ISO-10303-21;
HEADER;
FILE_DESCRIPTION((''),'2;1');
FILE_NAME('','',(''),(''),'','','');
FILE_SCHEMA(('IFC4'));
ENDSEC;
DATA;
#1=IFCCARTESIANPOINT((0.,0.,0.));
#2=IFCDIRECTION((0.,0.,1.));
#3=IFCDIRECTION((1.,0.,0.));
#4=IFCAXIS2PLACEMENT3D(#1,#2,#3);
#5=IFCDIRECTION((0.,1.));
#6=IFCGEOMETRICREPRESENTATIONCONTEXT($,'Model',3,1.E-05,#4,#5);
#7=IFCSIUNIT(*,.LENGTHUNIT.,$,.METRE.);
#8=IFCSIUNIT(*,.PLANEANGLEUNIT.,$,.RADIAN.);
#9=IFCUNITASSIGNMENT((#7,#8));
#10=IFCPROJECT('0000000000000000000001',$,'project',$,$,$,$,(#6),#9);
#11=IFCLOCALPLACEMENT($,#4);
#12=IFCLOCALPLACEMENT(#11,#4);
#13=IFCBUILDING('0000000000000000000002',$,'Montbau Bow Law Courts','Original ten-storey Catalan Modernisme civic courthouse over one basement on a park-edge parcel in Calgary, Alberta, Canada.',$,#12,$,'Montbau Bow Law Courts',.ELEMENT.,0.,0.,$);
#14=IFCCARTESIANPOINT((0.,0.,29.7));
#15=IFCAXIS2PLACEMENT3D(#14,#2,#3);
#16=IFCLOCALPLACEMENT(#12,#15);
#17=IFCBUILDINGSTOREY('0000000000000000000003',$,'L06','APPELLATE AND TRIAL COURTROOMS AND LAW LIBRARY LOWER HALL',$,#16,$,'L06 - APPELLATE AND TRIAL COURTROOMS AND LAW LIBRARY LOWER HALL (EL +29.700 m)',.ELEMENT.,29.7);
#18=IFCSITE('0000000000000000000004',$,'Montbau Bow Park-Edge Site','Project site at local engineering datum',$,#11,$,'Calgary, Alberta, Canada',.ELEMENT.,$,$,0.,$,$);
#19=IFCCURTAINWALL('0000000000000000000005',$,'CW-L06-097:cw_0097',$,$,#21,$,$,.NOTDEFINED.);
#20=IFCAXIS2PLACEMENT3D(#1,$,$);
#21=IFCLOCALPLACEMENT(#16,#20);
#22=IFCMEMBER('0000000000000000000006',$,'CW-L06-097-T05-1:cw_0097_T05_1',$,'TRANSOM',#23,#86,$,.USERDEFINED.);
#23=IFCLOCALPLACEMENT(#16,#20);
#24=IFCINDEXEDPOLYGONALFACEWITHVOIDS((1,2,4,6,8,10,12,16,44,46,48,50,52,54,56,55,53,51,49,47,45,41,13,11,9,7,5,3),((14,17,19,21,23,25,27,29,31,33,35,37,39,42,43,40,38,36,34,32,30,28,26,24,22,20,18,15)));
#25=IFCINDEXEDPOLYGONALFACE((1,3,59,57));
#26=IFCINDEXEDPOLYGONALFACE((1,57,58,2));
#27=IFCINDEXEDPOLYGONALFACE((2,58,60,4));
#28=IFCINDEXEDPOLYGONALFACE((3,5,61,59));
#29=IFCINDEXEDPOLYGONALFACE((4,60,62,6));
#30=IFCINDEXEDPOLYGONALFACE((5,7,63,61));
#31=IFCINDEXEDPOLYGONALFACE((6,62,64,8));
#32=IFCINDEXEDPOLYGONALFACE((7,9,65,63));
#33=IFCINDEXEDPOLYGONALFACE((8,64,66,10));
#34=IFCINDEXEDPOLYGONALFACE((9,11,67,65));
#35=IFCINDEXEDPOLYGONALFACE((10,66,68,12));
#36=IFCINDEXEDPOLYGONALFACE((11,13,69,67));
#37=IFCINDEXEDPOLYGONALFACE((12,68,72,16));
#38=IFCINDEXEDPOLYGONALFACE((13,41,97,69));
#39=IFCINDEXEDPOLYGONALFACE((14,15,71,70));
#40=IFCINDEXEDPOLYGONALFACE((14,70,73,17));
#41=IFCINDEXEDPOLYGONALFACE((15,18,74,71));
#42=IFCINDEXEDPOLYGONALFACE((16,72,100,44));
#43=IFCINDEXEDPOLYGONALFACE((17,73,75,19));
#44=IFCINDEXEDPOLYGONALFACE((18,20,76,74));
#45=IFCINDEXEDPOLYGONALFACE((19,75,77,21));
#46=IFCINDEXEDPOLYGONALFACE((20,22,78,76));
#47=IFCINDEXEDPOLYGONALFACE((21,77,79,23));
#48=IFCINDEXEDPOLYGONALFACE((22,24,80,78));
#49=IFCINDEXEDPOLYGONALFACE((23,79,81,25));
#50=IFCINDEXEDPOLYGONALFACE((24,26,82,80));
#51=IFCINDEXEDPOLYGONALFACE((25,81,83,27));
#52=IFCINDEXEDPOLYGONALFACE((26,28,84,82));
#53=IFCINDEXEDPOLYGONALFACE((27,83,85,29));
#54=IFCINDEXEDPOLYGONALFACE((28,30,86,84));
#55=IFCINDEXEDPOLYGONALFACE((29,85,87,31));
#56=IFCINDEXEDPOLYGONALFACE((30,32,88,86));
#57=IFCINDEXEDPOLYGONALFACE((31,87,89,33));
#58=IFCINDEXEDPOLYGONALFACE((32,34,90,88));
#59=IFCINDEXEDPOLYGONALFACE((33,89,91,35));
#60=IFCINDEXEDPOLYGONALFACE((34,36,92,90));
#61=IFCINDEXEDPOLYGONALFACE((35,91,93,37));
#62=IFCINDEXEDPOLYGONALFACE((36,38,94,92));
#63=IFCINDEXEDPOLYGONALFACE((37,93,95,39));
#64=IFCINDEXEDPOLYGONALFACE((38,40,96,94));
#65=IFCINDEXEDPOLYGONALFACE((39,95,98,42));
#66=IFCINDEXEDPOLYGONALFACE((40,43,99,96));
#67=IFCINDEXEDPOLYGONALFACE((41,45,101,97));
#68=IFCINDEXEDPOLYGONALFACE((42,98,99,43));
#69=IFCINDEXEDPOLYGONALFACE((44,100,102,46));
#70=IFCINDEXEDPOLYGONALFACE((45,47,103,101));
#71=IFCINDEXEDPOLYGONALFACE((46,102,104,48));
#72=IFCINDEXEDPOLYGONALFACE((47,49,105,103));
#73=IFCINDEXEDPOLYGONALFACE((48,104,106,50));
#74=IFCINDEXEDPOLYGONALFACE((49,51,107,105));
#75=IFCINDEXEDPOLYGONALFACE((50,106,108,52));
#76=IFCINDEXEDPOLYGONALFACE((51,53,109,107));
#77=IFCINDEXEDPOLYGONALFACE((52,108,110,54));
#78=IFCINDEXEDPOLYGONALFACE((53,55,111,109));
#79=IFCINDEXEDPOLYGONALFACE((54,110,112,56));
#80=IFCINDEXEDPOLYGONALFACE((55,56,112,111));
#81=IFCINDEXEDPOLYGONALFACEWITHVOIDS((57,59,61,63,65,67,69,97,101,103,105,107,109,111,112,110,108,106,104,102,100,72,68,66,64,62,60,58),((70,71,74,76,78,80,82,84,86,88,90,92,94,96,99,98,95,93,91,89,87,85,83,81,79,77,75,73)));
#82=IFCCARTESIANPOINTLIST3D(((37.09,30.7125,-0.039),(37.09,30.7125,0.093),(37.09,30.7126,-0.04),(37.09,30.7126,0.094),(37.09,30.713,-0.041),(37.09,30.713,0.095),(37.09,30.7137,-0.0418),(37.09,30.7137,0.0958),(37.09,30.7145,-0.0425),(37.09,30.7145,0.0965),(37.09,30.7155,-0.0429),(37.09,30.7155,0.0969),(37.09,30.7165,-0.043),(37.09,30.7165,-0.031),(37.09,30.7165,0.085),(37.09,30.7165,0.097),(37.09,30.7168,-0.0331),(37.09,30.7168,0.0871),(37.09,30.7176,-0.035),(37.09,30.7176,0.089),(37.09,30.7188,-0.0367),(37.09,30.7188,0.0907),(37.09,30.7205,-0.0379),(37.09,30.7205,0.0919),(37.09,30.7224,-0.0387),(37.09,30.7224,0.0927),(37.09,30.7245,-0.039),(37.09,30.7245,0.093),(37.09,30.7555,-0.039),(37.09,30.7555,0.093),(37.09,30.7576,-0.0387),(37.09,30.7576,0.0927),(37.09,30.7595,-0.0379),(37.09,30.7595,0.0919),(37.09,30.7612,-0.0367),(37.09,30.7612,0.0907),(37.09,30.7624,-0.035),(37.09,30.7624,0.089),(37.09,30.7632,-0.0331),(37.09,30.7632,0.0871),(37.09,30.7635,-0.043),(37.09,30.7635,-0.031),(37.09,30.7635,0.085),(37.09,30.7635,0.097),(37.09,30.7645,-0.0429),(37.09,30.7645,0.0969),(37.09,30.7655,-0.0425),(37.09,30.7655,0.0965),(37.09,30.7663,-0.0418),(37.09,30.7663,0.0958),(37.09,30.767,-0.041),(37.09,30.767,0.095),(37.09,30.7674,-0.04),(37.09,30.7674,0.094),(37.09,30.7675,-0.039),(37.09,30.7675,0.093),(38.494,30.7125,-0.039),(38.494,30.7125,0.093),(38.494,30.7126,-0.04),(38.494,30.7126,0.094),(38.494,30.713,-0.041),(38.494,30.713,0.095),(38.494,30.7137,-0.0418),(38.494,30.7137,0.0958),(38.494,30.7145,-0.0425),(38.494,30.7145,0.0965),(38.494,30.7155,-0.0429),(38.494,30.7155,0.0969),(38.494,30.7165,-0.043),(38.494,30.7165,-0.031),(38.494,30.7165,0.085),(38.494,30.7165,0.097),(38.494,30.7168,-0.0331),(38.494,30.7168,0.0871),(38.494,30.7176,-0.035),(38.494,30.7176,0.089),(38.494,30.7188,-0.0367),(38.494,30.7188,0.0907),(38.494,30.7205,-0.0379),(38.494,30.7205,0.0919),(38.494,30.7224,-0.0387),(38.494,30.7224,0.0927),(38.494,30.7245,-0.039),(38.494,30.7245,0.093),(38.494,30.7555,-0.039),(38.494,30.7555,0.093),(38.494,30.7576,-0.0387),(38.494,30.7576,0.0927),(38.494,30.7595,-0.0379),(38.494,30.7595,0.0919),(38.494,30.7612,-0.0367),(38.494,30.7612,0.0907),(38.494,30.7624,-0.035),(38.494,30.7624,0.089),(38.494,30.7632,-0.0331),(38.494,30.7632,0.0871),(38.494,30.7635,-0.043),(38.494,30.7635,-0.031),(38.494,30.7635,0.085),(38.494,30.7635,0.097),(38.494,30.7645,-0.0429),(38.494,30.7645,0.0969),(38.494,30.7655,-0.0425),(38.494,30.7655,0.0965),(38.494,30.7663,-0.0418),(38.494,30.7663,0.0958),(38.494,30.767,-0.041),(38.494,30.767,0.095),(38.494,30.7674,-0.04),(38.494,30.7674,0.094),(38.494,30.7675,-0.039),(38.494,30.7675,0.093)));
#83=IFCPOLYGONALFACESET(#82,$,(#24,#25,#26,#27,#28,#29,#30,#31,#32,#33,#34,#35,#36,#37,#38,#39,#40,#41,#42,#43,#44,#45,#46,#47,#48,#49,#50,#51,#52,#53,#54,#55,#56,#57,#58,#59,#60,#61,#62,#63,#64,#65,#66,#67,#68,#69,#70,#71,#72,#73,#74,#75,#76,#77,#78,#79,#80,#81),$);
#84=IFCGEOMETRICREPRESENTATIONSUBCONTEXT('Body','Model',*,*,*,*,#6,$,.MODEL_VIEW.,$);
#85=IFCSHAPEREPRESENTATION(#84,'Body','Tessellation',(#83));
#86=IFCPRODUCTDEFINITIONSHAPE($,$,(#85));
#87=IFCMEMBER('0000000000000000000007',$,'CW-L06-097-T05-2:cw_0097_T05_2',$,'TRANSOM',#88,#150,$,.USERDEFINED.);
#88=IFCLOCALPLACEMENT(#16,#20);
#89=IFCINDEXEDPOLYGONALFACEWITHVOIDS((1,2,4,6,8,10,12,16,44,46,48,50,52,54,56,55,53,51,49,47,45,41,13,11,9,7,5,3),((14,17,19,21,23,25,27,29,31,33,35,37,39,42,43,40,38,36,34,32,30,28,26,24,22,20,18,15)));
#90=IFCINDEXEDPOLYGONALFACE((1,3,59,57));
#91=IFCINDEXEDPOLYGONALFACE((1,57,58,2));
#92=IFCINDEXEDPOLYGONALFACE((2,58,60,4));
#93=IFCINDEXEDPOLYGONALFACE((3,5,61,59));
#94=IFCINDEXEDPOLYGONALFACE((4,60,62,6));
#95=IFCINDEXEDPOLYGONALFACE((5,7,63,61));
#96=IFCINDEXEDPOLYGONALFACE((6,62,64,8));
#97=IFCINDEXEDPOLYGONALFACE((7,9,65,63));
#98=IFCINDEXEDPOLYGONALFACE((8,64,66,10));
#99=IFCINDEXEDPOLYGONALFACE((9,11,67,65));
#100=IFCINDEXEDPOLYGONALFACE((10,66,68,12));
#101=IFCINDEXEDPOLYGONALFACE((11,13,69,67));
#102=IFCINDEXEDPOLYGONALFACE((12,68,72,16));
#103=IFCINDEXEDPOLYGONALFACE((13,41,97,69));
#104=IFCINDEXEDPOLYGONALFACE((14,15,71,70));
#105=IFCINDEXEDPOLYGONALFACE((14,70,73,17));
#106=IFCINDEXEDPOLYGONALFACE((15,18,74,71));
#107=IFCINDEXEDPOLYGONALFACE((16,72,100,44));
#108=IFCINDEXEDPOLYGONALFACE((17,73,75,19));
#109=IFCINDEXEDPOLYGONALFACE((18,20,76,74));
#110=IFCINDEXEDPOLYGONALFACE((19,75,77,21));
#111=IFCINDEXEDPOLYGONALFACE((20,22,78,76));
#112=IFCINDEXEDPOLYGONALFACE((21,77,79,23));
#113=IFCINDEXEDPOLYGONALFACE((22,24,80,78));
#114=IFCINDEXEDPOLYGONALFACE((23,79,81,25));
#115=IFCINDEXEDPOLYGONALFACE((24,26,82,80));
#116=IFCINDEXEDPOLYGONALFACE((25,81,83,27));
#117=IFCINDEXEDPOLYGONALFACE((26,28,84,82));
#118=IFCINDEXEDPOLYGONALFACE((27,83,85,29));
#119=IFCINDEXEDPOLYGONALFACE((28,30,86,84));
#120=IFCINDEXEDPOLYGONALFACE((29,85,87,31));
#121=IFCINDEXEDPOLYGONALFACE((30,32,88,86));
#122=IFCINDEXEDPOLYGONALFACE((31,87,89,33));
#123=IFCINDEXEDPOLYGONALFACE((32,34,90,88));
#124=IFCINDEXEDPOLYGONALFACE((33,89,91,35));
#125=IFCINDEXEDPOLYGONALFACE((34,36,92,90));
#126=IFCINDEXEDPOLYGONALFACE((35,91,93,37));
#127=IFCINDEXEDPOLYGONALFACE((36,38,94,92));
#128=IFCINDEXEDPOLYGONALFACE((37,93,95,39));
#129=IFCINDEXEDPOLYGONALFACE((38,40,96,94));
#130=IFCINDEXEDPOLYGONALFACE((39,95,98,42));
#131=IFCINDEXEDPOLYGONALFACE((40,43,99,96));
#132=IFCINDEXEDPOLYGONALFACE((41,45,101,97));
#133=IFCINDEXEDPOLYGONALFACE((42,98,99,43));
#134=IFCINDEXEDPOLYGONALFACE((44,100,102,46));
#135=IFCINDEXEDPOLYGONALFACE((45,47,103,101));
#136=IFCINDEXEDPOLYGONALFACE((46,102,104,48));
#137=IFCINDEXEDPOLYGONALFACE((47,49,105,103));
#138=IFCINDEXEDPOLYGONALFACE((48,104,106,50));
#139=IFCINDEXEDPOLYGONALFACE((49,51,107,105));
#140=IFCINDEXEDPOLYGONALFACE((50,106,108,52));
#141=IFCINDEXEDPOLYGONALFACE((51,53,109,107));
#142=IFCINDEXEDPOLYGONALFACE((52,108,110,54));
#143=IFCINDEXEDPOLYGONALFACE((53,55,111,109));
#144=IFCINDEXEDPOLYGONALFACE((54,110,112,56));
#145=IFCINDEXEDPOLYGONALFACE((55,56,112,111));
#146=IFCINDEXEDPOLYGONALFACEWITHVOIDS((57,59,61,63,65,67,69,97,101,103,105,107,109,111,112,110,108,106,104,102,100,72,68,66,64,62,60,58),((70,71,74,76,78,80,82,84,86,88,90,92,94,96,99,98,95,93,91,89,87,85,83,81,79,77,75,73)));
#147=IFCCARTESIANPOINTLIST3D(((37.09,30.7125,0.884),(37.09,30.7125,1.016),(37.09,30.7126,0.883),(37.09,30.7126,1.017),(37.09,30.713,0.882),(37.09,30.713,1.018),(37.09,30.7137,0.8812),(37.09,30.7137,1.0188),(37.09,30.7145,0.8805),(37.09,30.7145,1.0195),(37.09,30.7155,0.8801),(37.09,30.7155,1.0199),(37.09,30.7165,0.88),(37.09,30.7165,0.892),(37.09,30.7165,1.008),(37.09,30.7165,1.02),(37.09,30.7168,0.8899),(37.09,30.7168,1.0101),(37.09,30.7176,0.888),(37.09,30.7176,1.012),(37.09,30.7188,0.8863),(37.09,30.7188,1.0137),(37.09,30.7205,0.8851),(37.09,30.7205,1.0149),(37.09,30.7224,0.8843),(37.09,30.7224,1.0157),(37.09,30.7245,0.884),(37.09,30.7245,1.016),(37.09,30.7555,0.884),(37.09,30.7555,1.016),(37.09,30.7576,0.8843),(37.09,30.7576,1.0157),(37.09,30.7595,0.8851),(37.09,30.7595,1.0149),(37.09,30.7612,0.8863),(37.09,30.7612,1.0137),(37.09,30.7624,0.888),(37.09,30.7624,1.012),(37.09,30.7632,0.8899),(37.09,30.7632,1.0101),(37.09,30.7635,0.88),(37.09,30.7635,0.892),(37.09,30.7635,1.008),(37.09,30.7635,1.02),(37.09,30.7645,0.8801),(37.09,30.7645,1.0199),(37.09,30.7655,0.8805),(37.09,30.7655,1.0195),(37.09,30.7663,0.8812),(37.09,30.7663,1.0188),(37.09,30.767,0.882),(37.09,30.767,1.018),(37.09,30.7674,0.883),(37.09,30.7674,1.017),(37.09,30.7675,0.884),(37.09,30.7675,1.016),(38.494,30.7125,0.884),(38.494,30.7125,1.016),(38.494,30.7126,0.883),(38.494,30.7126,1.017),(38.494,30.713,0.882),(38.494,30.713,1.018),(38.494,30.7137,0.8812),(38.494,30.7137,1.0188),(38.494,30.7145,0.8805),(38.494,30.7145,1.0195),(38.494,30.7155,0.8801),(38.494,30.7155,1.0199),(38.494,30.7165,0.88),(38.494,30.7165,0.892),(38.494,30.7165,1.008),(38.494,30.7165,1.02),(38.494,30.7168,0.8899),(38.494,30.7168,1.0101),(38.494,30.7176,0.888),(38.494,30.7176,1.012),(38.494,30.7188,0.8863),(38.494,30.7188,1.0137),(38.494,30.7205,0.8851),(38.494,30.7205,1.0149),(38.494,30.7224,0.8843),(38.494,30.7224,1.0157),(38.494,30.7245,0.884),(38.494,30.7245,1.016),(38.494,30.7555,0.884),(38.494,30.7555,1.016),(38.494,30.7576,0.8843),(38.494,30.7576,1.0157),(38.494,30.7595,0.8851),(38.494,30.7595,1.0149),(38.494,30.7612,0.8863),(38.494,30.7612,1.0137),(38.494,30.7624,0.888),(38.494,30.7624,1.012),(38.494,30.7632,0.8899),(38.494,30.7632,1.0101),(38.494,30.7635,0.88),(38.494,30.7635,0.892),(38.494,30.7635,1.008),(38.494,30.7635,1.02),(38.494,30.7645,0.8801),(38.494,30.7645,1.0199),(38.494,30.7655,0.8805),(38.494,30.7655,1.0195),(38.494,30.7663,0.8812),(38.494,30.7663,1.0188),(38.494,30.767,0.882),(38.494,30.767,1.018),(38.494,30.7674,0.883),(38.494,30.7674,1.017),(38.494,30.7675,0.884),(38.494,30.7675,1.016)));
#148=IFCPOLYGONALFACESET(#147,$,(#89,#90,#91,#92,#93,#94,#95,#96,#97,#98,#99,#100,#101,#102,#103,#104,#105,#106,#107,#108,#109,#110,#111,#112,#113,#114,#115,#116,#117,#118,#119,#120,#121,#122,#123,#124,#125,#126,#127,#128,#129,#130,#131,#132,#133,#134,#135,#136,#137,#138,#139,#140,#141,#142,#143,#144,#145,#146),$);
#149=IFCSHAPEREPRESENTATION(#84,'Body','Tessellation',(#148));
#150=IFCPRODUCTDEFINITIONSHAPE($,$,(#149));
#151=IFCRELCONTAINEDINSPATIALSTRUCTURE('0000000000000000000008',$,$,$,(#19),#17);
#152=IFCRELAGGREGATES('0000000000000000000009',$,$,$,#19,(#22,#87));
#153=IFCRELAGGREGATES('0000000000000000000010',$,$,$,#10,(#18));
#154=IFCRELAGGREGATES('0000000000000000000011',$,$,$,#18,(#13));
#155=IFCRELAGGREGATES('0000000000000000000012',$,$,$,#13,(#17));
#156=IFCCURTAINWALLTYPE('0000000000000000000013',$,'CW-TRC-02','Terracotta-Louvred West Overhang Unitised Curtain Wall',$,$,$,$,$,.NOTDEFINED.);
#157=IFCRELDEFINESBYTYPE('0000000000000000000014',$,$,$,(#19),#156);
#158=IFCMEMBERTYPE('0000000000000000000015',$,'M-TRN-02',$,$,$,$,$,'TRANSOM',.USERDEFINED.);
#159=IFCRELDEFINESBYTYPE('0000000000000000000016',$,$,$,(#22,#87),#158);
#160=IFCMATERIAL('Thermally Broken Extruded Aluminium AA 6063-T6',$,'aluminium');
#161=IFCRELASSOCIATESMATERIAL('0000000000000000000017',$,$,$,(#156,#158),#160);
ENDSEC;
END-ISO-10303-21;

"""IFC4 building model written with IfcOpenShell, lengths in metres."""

from ifc_helpers import new_model, si_unit, direction, frame, origin_with_axes, origin_2d_with_axis, place, context, subcontext, project, spatial, hollow_rectangle, extrude, material, material_profile, profile_set, type_object, element, aggregate, save


model = new_model("IFC4")

# Units and contexts
model_context = context("Model", 3, precision=1e-05, world=origin_with_axes(), true_north=direction((0.0, 1.0)))
body_context = subcontext(model_context, "Body", "Model", "MODEL_VIEW")
ifc_project = project(units=[si_unit("LENGTHUNIT", "METRE"), si_unit("PLANEANGLEUNIT", "RADIAN")], contexts=[model_context])

# Site, building, storey
site_placement = place(None, origin_with_axes())
site = spatial("IfcSite", under=ifc_project, at=site_placement, Name="Montbau Bow Park-Edge Site", Description="Project site at local engineering datum", LongName="Calgary, Alberta, Canada", CompositionType="ELEMENT", RefElevation=0.0)
building_placement = place(site_placement, origin_with_axes())
building = spatial("IfcBuilding", under=site, at=building_placement, Name="Montbau Bow Law Courts", Description="Original ten-storey Catalan Modernisme civic courthouse over one basement on a park-edge parcel in Calgary, Alberta, Canada.", LongName="Montbau Bow Law Courts", CompositionType="ELEMENT", ElevationOfRefHeight=0.0, ElevationOfTerrain=0.0)
storey_placement = place(building_placement, frame((0.0, 0.0, 29.7), z_axis=(0.0, 0.0, 1.0), x_axis=(1.0, 0.0, 0.0)))
storey = spatial("IfcBuildingStorey", under=building, at=storey_placement, Name="L06", Description="APPELLATE AND TRIAL COURTROOMS AND LAW LIBRARY LOWER HALL", LongName="L06 - APPELLATE AND TRIAL COURTROOMS AND LAW LIBRARY LOWER HALL (EL +29.700 m)", CompositionType="ELEMENT", Elevation=29.7)

# Curtain wall
ifc_material_1 = material(Name="Thermally Broken Extruded Aluminium AA 6063-T6", Category="aluminium")
curtain_wall_type = type_object("IfcCurtainWallType", Name="CW-TRC-02", Description="Terracotta-Louvred West Overhang Unitised Curtain Wall", PredefinedType="NOTDEFINED", material=ifc_material_1)
curtain_wall_1_placement = place(None, frame((31.04, 30.74, 29.7), z_axis=(0.0, 0.0, 1.0), x_axis=(1.0, 0.0, 0.0)))
curtain_wall_1 = element("IfcCurtainWall", 1, at=curtain_wall_1_placement, inside=storey, type_object=curtain_wall_type, Name="CW-L06-097:cw_0097", PredefinedType="NOTDEFINED")

# Members
ifc_material_profile_1 = material_profile(ifc_material_1, hollow_rectangle(XDim=0.055, YDim=0.14, WallThickness=0.004, InnerFilletRadius=0.008, OuterFilletRadius=0.004, at=origin_2d_with_axis()), Name="CWT-140X55", Category="Main", Priority=0)
ifc_profile_set_1 = profile_set([ifc_material_profile_1], Name="Thermally Broken Extruded Aluminium AA 6063-T6")
member_type_1 = type_object("IfcMemberType", Name="M-TRN-02", ElementType="TRANSOM", PredefinedType="USERDEFINED", material=ifc_profile_set_1)
member_1_placement = place(None, frame((37.09, 30.74, 29.727), z_axis=(1.0, 0.0, 0.0), x_axis=(0.0, 1.0, 0.0)))
member_1 = element("IfcMember", 2, at=member_1_placement, type_object=member_type_1, Name="CW-L06-097-T05-1:cw_0097_T05_1", ObjectType="TRANSOM", PredefinedType="USERDEFINED", context=body_context, shape_type="SweptSolid", body=[
    extrude(hollow_rectangle(XDim=0.055, YDim=0.14, WallThickness=0.004, InnerFilletRadius=0.008, OuterFilletRadius=0.004, at=origin_2d_with_axis()), origin_with_axes(), (0.0, 0.0, 1.0), 1.404),
])
member_2_placement = place(None, frame((37.09, 30.74, 30.65), z_axis=(1.0, 0.0, 0.0), x_axis=(0.0, 1.0, 0.0)))
member_2 = element("IfcMember", 3, at=member_2_placement, type_object=member_type_1, Name="CW-L06-097-T05-2:cw_0097_T05_2", ObjectType="TRANSOM", PredefinedType="USERDEFINED", context=body_context, shape_type="SweptSolid", body=[
    extrude(hollow_rectangle(XDim=0.055, YDim=0.14, WallThickness=0.004, InnerFilletRadius=0.008, OuterFilletRadius=0.004, at=origin_2d_with_axis()), origin_with_axes(), (0.0, 0.0, 1.0), 1.404),
])

aggregate(curtain_wall_1, [member_1, member_2])

save(model, "model.ifc")
